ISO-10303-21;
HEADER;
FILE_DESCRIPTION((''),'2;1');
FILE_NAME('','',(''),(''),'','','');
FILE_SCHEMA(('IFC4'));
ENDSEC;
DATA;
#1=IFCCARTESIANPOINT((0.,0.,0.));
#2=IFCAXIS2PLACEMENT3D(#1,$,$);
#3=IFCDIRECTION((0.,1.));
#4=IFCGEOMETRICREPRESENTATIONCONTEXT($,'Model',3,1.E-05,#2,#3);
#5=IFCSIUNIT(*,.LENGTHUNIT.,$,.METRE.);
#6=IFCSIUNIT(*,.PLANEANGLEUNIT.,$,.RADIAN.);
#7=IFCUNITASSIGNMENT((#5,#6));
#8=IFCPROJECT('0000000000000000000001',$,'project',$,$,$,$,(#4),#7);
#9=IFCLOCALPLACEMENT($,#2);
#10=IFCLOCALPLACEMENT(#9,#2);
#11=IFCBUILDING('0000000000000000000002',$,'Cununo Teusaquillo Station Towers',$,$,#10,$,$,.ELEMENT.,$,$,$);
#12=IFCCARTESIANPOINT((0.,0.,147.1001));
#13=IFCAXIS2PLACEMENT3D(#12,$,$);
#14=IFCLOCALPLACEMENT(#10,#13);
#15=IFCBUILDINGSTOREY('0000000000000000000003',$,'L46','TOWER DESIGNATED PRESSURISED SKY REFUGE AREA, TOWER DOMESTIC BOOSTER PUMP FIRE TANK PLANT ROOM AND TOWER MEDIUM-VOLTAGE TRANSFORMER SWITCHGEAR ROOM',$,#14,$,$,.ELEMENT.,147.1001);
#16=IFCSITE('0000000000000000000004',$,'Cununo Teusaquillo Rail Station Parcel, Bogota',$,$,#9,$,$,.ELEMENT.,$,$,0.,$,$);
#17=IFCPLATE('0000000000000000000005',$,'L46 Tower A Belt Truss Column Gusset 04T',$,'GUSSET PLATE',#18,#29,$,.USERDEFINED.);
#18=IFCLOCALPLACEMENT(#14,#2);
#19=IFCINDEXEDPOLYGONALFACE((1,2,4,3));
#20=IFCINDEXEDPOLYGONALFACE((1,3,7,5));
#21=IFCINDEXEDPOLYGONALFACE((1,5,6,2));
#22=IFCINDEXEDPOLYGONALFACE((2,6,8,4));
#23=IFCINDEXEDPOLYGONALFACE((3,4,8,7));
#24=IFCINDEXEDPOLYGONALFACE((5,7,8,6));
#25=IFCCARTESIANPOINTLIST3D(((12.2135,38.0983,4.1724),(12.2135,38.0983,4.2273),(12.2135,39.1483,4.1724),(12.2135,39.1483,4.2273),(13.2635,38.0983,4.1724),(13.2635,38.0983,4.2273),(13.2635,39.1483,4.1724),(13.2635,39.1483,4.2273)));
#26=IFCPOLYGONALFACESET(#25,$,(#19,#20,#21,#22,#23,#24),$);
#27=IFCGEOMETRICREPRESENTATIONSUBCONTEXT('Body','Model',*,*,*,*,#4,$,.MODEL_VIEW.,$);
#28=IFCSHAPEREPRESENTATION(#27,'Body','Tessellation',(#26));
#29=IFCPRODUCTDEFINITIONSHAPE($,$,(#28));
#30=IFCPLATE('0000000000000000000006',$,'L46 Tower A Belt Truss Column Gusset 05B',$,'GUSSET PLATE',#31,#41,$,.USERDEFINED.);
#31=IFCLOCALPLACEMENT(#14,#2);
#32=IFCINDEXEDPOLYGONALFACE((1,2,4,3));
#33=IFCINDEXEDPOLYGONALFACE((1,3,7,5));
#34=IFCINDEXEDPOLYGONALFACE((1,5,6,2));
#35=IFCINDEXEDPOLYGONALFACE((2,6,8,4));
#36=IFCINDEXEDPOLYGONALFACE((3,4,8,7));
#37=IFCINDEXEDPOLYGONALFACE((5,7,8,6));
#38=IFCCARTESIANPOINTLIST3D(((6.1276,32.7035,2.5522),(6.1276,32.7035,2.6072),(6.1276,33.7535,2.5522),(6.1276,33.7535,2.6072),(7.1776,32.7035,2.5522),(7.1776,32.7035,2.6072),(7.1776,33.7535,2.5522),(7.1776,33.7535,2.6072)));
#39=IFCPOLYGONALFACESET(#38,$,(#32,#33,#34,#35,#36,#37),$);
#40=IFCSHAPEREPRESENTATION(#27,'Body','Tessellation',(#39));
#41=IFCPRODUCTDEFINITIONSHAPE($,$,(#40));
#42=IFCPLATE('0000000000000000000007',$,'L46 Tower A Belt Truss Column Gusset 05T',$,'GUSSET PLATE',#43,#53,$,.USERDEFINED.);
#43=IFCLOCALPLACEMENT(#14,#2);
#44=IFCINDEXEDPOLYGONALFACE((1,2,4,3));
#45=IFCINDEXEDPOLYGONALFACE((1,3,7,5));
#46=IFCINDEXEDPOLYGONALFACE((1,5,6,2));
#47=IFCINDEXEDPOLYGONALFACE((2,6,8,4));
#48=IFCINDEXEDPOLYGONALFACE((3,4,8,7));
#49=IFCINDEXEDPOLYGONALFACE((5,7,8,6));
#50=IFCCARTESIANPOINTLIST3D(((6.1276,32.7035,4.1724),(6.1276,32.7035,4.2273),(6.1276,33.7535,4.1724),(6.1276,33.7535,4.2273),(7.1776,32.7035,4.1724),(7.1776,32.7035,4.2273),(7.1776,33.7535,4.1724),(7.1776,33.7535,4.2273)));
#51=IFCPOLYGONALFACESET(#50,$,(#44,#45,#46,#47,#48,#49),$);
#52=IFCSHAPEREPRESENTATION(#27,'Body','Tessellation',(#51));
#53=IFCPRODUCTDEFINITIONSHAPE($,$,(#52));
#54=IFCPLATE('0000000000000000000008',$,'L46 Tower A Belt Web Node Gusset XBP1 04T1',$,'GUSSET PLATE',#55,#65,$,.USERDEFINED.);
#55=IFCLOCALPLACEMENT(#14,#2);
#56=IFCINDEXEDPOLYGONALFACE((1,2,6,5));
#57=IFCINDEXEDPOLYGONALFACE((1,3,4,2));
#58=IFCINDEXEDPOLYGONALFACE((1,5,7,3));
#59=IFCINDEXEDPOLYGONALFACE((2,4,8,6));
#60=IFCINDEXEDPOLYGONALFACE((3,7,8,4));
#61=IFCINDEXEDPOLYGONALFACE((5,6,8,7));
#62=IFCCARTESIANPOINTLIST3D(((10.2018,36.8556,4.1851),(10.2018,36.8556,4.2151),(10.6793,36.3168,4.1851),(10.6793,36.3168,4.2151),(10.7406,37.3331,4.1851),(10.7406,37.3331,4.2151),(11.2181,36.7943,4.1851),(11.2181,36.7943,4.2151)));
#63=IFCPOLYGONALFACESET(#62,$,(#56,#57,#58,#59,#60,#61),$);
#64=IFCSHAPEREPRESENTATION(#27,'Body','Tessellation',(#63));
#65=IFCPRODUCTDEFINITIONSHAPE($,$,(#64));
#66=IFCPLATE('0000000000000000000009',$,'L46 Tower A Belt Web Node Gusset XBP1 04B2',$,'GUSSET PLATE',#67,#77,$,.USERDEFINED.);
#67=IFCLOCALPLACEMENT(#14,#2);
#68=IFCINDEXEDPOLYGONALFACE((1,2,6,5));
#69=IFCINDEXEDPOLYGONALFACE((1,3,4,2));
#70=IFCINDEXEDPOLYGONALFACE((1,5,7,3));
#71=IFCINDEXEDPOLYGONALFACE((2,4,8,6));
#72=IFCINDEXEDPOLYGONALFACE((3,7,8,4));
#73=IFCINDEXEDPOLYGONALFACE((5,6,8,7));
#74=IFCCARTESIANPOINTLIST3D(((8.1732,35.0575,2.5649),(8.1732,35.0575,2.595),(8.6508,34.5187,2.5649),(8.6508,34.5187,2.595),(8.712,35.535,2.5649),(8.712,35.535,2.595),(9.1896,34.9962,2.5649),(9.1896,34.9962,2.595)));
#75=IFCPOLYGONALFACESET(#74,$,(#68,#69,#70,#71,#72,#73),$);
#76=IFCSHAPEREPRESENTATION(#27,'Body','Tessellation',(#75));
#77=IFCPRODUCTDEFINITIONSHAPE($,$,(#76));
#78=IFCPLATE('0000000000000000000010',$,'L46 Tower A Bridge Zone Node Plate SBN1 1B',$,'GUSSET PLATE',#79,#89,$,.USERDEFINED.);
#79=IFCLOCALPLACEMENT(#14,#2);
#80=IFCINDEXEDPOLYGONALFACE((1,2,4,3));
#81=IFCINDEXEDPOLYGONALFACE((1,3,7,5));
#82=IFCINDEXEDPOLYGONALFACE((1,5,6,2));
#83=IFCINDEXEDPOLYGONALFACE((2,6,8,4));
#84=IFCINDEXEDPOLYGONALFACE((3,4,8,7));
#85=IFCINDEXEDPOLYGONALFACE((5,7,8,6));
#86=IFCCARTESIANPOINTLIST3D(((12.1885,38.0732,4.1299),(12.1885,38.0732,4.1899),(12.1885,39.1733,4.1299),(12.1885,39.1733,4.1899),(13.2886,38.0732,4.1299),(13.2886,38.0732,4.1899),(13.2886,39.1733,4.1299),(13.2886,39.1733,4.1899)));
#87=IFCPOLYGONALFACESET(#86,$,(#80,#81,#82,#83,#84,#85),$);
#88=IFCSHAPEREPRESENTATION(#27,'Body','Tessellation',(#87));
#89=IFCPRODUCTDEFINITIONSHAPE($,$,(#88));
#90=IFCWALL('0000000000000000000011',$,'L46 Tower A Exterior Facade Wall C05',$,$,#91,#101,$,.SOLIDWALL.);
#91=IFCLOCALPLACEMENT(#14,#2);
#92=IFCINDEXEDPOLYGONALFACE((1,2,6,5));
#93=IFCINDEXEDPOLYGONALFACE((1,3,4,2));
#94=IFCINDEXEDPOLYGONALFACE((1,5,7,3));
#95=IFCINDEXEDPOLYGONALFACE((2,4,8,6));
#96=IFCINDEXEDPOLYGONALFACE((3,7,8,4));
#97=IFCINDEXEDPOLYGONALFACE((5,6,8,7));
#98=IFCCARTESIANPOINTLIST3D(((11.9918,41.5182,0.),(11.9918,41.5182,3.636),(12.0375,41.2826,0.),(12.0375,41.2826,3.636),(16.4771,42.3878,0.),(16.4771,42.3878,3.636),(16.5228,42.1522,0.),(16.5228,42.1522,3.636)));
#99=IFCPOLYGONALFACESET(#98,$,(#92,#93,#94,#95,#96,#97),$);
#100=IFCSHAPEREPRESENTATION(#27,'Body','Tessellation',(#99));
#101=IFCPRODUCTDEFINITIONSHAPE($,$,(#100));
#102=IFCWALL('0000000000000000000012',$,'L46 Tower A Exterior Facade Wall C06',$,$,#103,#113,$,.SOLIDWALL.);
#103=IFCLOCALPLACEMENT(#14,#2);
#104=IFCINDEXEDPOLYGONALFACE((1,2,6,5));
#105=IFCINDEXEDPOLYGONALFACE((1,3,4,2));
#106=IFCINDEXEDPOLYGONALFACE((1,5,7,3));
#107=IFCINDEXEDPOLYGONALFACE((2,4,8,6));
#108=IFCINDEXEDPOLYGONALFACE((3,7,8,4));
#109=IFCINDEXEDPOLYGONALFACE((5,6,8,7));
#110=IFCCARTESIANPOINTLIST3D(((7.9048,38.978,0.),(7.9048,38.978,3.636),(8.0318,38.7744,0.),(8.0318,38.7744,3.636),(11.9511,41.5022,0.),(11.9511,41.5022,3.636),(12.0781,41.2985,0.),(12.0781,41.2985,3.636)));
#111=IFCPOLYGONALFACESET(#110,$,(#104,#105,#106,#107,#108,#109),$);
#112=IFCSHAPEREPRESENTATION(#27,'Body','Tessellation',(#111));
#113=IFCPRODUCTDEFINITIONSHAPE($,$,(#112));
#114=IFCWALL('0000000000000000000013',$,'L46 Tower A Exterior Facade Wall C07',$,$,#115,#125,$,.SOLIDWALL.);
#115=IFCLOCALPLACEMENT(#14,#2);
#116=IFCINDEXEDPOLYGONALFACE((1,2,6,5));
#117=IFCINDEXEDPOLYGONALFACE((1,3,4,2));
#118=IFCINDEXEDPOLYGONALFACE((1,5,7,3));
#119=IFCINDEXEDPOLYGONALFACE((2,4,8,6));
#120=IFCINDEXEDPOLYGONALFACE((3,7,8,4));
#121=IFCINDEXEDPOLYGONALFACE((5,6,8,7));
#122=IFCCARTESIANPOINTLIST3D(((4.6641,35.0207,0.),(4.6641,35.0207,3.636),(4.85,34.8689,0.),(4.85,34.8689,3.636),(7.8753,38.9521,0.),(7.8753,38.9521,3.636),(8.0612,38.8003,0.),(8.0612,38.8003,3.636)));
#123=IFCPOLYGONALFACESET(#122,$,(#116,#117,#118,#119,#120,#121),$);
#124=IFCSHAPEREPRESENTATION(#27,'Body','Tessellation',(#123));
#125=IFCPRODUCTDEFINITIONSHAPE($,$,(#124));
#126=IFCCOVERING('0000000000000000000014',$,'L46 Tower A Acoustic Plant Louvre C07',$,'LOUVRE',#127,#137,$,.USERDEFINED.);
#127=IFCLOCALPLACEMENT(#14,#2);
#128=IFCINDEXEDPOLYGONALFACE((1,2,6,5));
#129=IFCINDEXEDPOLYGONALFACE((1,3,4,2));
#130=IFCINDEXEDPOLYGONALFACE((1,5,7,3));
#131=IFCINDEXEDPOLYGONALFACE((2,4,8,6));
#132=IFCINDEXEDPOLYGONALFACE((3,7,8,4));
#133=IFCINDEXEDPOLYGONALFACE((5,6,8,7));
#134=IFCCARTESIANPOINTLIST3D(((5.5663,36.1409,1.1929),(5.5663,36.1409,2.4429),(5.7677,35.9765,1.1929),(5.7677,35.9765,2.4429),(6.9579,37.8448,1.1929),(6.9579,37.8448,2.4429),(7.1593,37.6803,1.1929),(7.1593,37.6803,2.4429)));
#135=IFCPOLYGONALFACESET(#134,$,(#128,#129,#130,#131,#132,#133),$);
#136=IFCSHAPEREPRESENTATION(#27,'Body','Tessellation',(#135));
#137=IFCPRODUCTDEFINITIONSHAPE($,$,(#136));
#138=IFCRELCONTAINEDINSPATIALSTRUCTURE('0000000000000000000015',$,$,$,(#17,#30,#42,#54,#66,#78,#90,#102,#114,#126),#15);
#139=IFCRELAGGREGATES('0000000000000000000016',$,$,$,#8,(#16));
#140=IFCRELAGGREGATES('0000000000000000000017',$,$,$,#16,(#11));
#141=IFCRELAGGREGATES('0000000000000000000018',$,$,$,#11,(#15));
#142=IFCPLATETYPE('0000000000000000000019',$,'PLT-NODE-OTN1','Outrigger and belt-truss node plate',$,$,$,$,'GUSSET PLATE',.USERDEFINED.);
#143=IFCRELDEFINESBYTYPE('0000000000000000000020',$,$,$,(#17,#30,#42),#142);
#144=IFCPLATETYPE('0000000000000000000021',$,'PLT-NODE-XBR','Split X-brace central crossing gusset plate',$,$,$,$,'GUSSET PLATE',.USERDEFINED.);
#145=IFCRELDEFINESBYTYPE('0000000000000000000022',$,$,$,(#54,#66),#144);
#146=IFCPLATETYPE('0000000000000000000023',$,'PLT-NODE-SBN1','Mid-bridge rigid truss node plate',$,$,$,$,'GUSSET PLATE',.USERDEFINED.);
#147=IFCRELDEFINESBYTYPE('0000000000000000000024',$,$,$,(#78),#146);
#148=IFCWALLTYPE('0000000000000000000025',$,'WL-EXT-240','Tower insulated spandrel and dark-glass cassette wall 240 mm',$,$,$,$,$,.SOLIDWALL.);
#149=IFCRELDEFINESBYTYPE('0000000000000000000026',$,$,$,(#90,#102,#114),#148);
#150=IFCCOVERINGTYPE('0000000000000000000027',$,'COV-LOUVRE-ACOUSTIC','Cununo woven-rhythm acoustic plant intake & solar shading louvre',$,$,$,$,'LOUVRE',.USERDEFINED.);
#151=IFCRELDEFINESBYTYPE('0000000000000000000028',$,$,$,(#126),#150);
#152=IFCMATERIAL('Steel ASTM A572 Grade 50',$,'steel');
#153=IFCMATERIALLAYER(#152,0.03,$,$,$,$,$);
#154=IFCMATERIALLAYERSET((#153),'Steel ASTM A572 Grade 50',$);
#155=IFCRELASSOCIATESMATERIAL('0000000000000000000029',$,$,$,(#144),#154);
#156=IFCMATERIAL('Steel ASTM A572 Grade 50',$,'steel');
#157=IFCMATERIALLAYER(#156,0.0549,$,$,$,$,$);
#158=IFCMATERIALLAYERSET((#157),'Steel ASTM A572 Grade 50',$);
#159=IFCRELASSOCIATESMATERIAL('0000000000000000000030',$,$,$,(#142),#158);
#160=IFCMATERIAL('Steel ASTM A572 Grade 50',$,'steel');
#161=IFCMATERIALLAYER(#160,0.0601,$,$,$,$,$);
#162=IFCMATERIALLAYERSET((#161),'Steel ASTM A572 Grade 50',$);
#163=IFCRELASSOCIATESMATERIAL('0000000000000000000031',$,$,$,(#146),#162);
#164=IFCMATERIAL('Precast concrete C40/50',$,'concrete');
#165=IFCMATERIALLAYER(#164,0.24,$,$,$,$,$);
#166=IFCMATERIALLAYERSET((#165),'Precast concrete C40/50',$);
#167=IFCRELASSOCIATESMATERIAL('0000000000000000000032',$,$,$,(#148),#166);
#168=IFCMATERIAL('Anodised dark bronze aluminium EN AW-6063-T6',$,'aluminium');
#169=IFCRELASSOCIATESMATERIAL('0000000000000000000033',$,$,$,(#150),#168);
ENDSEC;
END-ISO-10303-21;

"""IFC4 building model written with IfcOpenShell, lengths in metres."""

from ifc_helpers import new_model, si_unit, direction, frame, frame_2d, origin, origin_2d, place, context, subcontext, project, spatial, rectangle, extrude, source, transform, mapped, material, layer, layer_set, type_object, element, save


model = new_model("IFC4")

# Units and contexts
model_context = context("Model", 3, precision=1e-05, world=origin(), true_north=direction((0.0, 1.0)))
body_context = subcontext(model_context, "Body", "Model", "MODEL_VIEW")
ifc_project = project(units=[si_unit("LENGTHUNIT", "METRE"), si_unit("PLANEANGLEUNIT", "RADIAN")], contexts=[model_context])

# Site, building, storey
site_placement = place(None, origin())
site = spatial("IfcSite", under=ifc_project, at=site_placement, Name="Cununo Teusaquillo Rail Station Parcel, Bogota", CompositionType="ELEMENT", RefElevation=0.0)
building_placement = place(site_placement, origin())
building = spatial("IfcBuilding", under=site, at=building_placement, Name="Cununo Teusaquillo Station Towers", CompositionType="ELEMENT")
storey_placement = place(building_placement, frame((0.0, 0.0, 147.1001)))
storey = spatial("IfcBuildingStorey", under=building, at=storey_placement, Name="L46", Description="TOWER DESIGNATED PRESSURISED SKY REFUGE AREA, TOWER DOMESTIC BOOSTER PUMP FIRE TANK PLANT ROOM AND TOWER MEDIUM-VOLTAGE TRANSFORMER SWITCHGEAR ROOM", CompositionType="ELEMENT", Elevation=147.1001)

# Plates
ifc_material_1 = material(Name="Steel ASTM A572 Grade 50", Category="steel")
ifc_layer_1 = layer(ifc_material_1, 0.03)
ifc_layer_set_1 = layer_set([ifc_layer_1], Name="Steel ASTM A572 Grade 50")
plate_type_1 = type_object("IfcPlateType", Name="PLT-NODE-XBR", Description="Split X-brace central crossing gusset plate", ElementType="GUSSET PLATE", PredefinedType="USERDEFINED", material=ifc_layer_set_1)
ifc_material_2 = material(Name="Steel ASTM A572 Grade 50", Category="steel")
ifc_layer_2 = layer(ifc_material_2, 0.0549)
ifc_layer_set_2 = layer_set([ifc_layer_2], Name="Steel ASTM A572 Grade 50")
plate_type_2 = type_object("IfcPlateType", Name="PLT-NODE-OTN1", Description="Outrigger and belt-truss node plate", ElementType="GUSSET PLATE", PredefinedType="USERDEFINED", material=ifc_layer_set_2)
shared_shape_1 = source(origin(), body_context, "Body", "SweptSolid", [
    extrude(rectangle(XDim=1.05, YDim=1.05, at=origin_2d()), origin(), (0.0, 0.0, 1.0), 0.0549),
])
for number, where, z_axis, x_axis, name in (
    (1, (12.7385, 38.6233, 4.1724), (0.0, 0.0, 1.0), (1.0, 0.0, 0.0), "L46 Tower A Belt Truss Column Gusset 04T"),
    (2, (6.6526, 33.2285, 2.5522), (0.0, 0.0, 1.0), (1.0, 0.0, 0.0), "L46 Tower A Belt Truss Column Gusset 05B"),
    (3, (6.6526, 33.2285, 4.1724), (0.0, 0.0, 1.0), (1.0, 0.0, 0.0), "L46 Tower A Belt Truss Column Gusset 05T"),
):
    element("IfcPlate", number, at=place(storey_placement, frame(where, z_axis=z_axis, x_axis=x_axis)), inside=storey, type_object=plate_type_2, Name=name, ObjectType="GUSSET PLATE", PredefinedType="USERDEFINED", context=body_context, shape_type="MappedRepresentation", body=[
        mapped(shared_shape_1, transform((0.0, 0.0, 0.0), x_axis=(1.0, 0.0, 0.0), y_axis=(0.0, 1.0, 0.0), z_axis=(0.0, 0.0, 1.0), scale=1.0)),
    ])
shared_shape_2 = source(origin(), body_context, "Body", "SweptSolid", [
    extrude(rectangle(XDim=0.72, YDim=0.72, at=origin_2d()), origin(), (0.0, 0.0, 1.0), 0.03),
])
for number, where, z_axis, x_axis, name in (
    (4, (10.71, 36.825, 4.1851), (0.0, 0.0, 1.0), (-0.748377, -0.663273, 0.0), "L46 Tower A Belt Web Node Gusset XBP1 04T1"),
    (5, (8.6814, 35.0269, 2.5649), (0.0, 0.0, 1.0), (-0.748377, -0.663273, 0.0), "L46 Tower A Belt Web Node Gusset XBP1 04B2"),
):
    element("IfcPlate", number, at=place(storey_placement, frame(where, z_axis=z_axis, x_axis=x_axis)), inside=storey, type_object=plate_type_1, Name=name, ObjectType="GUSSET PLATE", PredefinedType="USERDEFINED", context=body_context, shape_type="MappedRepresentation", body=[
        mapped(shared_shape_2, transform((0.0, 0.0, 0.0), x_axis=(1.0, 0.0, 0.0), y_axis=(0.0, 1.0, 0.0), z_axis=(0.0, 0.0, 1.0), scale=1.0)),
    ])
ifc_material_3 = material(Name="Steel ASTM A572 Grade 50", Category="steel")
ifc_layer_3 = layer(ifc_material_3, 0.0601)
ifc_layer_set_3 = layer_set([ifc_layer_3], Name="Steel ASTM A572 Grade 50")
plate_type_3 = type_object("IfcPlateType", Name="PLT-NODE-SBN1", Description="Mid-bridge rigid truss node plate", ElementType="GUSSET PLATE", PredefinedType="USERDEFINED", material=ifc_layer_set_3)
shared_shape_3 = source(origin(), body_context, "Body", "SweptSolid", [
    extrude(rectangle(XDim=1.1001, YDim=1.1001, at=origin_2d()), origin(), (0.0, 0.0, 1.0), 0.0601),
])
plate_1_placement = place(storey_placement, frame((12.7385, 38.6233, 4.1299), z_axis=(0.0, 0.0, 1.0), x_axis=(1.0, 0.0, 0.0)))
element("IfcPlate", 6, at=plate_1_placement, inside=storey, type_object=plate_type_3, Name="L46 Tower A Bridge Zone Node Plate SBN1 1B", ObjectType="GUSSET PLATE", PredefinedType="USERDEFINED", context=body_context, shape_type="MappedRepresentation", body=[
    mapped(shared_shape_3, transform((0.0, 0.0, 0.0), x_axis=(1.0, 0.0, 0.0), y_axis=(0.0, 1.0, 0.0), z_axis=(0.0, 0.0, 1.0), scale=1.0)),
])

# Walls
ifc_material_4 = material(Name="Precast concrete C40/50", Category="concrete")
ifc_layer_4 = layer(ifc_material_4, 0.24)
ifc_layer_set_4 = layer_set([ifc_layer_4], Name="Precast concrete C40/50")
wall_type = type_object("IfcWallType", Name="WL-EXT-240", Description="Tower insulated spandrel and dark-glass cassette wall 240 mm", PredefinedType="SOLIDWALL", material=ifc_layer_set_4)
wall_1_placement = place(storey_placement, frame((12.0146, 41.4004, 0.0), z_axis=(0.0, 0.0, 1.0), x_axis=(0.981719, 0.190338, 0.0)))
element("IfcWall", 7, at=wall_1_placement, inside=storey, type_object=wall_type, Name="L46 Tower A Exterior Facade Wall C05", PredefinedType="SOLIDWALL", context=body_context, shape_type="SweptSolid", body=[
    extrude(rectangle(XDim=4.5688, YDim=0.24, at=frame_2d((2.2844, 0.0))), origin(), (0.0, 0.0, 1.0), 3.636),
])
wall_2_placement = place(storey_placement, frame((7.9683, 38.8762, 0.0), z_axis=(0.0, 0.0, 1.0), x_axis=(0.848452, 0.529272, 0.0)))
element("IfcWall", 8, at=wall_2_placement, inside=storey, type_object=wall_type, Name="L46 Tower A Exterior Facade Wall C06", PredefinedType="SOLIDWALL", context=body_context, shape_type="SweptSolid", body=[
    extrude(rectangle(XDim=4.769, YDim=0.24, at=frame_2d((2.3845, 0.0))), origin(), (0.0, 0.0, 1.0), 3.636),
])
wall_3_placement = place(storey_placement, frame((4.7571, 34.9448, 0.0), z_axis=(0.0, 0.0, 1.0), x_axis=(0.632599, 0.77448, 0.0)))
element("IfcWall", 9, at=wall_3_placement, inside=storey, type_object=wall_type, Name="L46 Tower A Exterior Facade Wall C07", PredefinedType="SOLIDWALL", context=body_context, shape_type="SweptSolid", body=[
    extrude(rectangle(XDim=5.0762, YDim=0.24, at=frame_2d((2.5381, 0.0))), origin(), (0.0, 0.0, 1.0), 3.636),
])

# Covering
ifc_material_5 = material(Name="Anodised dark bronze aluminium EN AW-6063-T6", Category="aluminium")
covering_type = type_object("IfcCoveringType", Name="COV-LOUVRE-ACOUSTIC", Description="Cununo woven-rhythm acoustic plant intake & solar shading louvre", ElementType="LOUVRE", PredefinedType="USERDEFINED", material=ifc_material_5)
shared_shape_4 = source(origin(), body_context, "Body", "SweptSolid", [
    extrude(rectangle(XDim=2.2, YDim=0.26, at=origin_2d()), origin(), (0.0, 0.0, 1.0), 1.25),
])
covering_placement = place(storey_placement, frame((6.3628, 36.9106, 1.1929), z_axis=(0.0, 0.0, 1.0), x_axis=(0.63257, 0.774503, 0.0)))
element("IfcCovering", 10, at=covering_placement, inside=storey, type_object=covering_type, Name="L46 Tower A Acoustic Plant Louvre C07", ObjectType="LOUVRE", PredefinedType="USERDEFINED", context=body_context, shape_type="MappedRepresentation", body=[
    mapped(shared_shape_4, transform((0.0, 0.0, 0.0), x_axis=(1.0, 0.0, 0.0), y_axis=(0.0, 1.0, 0.0), z_axis=(0.0, 0.0, 1.0), scale=1.0)),
])

save(model, "model.ifc")
